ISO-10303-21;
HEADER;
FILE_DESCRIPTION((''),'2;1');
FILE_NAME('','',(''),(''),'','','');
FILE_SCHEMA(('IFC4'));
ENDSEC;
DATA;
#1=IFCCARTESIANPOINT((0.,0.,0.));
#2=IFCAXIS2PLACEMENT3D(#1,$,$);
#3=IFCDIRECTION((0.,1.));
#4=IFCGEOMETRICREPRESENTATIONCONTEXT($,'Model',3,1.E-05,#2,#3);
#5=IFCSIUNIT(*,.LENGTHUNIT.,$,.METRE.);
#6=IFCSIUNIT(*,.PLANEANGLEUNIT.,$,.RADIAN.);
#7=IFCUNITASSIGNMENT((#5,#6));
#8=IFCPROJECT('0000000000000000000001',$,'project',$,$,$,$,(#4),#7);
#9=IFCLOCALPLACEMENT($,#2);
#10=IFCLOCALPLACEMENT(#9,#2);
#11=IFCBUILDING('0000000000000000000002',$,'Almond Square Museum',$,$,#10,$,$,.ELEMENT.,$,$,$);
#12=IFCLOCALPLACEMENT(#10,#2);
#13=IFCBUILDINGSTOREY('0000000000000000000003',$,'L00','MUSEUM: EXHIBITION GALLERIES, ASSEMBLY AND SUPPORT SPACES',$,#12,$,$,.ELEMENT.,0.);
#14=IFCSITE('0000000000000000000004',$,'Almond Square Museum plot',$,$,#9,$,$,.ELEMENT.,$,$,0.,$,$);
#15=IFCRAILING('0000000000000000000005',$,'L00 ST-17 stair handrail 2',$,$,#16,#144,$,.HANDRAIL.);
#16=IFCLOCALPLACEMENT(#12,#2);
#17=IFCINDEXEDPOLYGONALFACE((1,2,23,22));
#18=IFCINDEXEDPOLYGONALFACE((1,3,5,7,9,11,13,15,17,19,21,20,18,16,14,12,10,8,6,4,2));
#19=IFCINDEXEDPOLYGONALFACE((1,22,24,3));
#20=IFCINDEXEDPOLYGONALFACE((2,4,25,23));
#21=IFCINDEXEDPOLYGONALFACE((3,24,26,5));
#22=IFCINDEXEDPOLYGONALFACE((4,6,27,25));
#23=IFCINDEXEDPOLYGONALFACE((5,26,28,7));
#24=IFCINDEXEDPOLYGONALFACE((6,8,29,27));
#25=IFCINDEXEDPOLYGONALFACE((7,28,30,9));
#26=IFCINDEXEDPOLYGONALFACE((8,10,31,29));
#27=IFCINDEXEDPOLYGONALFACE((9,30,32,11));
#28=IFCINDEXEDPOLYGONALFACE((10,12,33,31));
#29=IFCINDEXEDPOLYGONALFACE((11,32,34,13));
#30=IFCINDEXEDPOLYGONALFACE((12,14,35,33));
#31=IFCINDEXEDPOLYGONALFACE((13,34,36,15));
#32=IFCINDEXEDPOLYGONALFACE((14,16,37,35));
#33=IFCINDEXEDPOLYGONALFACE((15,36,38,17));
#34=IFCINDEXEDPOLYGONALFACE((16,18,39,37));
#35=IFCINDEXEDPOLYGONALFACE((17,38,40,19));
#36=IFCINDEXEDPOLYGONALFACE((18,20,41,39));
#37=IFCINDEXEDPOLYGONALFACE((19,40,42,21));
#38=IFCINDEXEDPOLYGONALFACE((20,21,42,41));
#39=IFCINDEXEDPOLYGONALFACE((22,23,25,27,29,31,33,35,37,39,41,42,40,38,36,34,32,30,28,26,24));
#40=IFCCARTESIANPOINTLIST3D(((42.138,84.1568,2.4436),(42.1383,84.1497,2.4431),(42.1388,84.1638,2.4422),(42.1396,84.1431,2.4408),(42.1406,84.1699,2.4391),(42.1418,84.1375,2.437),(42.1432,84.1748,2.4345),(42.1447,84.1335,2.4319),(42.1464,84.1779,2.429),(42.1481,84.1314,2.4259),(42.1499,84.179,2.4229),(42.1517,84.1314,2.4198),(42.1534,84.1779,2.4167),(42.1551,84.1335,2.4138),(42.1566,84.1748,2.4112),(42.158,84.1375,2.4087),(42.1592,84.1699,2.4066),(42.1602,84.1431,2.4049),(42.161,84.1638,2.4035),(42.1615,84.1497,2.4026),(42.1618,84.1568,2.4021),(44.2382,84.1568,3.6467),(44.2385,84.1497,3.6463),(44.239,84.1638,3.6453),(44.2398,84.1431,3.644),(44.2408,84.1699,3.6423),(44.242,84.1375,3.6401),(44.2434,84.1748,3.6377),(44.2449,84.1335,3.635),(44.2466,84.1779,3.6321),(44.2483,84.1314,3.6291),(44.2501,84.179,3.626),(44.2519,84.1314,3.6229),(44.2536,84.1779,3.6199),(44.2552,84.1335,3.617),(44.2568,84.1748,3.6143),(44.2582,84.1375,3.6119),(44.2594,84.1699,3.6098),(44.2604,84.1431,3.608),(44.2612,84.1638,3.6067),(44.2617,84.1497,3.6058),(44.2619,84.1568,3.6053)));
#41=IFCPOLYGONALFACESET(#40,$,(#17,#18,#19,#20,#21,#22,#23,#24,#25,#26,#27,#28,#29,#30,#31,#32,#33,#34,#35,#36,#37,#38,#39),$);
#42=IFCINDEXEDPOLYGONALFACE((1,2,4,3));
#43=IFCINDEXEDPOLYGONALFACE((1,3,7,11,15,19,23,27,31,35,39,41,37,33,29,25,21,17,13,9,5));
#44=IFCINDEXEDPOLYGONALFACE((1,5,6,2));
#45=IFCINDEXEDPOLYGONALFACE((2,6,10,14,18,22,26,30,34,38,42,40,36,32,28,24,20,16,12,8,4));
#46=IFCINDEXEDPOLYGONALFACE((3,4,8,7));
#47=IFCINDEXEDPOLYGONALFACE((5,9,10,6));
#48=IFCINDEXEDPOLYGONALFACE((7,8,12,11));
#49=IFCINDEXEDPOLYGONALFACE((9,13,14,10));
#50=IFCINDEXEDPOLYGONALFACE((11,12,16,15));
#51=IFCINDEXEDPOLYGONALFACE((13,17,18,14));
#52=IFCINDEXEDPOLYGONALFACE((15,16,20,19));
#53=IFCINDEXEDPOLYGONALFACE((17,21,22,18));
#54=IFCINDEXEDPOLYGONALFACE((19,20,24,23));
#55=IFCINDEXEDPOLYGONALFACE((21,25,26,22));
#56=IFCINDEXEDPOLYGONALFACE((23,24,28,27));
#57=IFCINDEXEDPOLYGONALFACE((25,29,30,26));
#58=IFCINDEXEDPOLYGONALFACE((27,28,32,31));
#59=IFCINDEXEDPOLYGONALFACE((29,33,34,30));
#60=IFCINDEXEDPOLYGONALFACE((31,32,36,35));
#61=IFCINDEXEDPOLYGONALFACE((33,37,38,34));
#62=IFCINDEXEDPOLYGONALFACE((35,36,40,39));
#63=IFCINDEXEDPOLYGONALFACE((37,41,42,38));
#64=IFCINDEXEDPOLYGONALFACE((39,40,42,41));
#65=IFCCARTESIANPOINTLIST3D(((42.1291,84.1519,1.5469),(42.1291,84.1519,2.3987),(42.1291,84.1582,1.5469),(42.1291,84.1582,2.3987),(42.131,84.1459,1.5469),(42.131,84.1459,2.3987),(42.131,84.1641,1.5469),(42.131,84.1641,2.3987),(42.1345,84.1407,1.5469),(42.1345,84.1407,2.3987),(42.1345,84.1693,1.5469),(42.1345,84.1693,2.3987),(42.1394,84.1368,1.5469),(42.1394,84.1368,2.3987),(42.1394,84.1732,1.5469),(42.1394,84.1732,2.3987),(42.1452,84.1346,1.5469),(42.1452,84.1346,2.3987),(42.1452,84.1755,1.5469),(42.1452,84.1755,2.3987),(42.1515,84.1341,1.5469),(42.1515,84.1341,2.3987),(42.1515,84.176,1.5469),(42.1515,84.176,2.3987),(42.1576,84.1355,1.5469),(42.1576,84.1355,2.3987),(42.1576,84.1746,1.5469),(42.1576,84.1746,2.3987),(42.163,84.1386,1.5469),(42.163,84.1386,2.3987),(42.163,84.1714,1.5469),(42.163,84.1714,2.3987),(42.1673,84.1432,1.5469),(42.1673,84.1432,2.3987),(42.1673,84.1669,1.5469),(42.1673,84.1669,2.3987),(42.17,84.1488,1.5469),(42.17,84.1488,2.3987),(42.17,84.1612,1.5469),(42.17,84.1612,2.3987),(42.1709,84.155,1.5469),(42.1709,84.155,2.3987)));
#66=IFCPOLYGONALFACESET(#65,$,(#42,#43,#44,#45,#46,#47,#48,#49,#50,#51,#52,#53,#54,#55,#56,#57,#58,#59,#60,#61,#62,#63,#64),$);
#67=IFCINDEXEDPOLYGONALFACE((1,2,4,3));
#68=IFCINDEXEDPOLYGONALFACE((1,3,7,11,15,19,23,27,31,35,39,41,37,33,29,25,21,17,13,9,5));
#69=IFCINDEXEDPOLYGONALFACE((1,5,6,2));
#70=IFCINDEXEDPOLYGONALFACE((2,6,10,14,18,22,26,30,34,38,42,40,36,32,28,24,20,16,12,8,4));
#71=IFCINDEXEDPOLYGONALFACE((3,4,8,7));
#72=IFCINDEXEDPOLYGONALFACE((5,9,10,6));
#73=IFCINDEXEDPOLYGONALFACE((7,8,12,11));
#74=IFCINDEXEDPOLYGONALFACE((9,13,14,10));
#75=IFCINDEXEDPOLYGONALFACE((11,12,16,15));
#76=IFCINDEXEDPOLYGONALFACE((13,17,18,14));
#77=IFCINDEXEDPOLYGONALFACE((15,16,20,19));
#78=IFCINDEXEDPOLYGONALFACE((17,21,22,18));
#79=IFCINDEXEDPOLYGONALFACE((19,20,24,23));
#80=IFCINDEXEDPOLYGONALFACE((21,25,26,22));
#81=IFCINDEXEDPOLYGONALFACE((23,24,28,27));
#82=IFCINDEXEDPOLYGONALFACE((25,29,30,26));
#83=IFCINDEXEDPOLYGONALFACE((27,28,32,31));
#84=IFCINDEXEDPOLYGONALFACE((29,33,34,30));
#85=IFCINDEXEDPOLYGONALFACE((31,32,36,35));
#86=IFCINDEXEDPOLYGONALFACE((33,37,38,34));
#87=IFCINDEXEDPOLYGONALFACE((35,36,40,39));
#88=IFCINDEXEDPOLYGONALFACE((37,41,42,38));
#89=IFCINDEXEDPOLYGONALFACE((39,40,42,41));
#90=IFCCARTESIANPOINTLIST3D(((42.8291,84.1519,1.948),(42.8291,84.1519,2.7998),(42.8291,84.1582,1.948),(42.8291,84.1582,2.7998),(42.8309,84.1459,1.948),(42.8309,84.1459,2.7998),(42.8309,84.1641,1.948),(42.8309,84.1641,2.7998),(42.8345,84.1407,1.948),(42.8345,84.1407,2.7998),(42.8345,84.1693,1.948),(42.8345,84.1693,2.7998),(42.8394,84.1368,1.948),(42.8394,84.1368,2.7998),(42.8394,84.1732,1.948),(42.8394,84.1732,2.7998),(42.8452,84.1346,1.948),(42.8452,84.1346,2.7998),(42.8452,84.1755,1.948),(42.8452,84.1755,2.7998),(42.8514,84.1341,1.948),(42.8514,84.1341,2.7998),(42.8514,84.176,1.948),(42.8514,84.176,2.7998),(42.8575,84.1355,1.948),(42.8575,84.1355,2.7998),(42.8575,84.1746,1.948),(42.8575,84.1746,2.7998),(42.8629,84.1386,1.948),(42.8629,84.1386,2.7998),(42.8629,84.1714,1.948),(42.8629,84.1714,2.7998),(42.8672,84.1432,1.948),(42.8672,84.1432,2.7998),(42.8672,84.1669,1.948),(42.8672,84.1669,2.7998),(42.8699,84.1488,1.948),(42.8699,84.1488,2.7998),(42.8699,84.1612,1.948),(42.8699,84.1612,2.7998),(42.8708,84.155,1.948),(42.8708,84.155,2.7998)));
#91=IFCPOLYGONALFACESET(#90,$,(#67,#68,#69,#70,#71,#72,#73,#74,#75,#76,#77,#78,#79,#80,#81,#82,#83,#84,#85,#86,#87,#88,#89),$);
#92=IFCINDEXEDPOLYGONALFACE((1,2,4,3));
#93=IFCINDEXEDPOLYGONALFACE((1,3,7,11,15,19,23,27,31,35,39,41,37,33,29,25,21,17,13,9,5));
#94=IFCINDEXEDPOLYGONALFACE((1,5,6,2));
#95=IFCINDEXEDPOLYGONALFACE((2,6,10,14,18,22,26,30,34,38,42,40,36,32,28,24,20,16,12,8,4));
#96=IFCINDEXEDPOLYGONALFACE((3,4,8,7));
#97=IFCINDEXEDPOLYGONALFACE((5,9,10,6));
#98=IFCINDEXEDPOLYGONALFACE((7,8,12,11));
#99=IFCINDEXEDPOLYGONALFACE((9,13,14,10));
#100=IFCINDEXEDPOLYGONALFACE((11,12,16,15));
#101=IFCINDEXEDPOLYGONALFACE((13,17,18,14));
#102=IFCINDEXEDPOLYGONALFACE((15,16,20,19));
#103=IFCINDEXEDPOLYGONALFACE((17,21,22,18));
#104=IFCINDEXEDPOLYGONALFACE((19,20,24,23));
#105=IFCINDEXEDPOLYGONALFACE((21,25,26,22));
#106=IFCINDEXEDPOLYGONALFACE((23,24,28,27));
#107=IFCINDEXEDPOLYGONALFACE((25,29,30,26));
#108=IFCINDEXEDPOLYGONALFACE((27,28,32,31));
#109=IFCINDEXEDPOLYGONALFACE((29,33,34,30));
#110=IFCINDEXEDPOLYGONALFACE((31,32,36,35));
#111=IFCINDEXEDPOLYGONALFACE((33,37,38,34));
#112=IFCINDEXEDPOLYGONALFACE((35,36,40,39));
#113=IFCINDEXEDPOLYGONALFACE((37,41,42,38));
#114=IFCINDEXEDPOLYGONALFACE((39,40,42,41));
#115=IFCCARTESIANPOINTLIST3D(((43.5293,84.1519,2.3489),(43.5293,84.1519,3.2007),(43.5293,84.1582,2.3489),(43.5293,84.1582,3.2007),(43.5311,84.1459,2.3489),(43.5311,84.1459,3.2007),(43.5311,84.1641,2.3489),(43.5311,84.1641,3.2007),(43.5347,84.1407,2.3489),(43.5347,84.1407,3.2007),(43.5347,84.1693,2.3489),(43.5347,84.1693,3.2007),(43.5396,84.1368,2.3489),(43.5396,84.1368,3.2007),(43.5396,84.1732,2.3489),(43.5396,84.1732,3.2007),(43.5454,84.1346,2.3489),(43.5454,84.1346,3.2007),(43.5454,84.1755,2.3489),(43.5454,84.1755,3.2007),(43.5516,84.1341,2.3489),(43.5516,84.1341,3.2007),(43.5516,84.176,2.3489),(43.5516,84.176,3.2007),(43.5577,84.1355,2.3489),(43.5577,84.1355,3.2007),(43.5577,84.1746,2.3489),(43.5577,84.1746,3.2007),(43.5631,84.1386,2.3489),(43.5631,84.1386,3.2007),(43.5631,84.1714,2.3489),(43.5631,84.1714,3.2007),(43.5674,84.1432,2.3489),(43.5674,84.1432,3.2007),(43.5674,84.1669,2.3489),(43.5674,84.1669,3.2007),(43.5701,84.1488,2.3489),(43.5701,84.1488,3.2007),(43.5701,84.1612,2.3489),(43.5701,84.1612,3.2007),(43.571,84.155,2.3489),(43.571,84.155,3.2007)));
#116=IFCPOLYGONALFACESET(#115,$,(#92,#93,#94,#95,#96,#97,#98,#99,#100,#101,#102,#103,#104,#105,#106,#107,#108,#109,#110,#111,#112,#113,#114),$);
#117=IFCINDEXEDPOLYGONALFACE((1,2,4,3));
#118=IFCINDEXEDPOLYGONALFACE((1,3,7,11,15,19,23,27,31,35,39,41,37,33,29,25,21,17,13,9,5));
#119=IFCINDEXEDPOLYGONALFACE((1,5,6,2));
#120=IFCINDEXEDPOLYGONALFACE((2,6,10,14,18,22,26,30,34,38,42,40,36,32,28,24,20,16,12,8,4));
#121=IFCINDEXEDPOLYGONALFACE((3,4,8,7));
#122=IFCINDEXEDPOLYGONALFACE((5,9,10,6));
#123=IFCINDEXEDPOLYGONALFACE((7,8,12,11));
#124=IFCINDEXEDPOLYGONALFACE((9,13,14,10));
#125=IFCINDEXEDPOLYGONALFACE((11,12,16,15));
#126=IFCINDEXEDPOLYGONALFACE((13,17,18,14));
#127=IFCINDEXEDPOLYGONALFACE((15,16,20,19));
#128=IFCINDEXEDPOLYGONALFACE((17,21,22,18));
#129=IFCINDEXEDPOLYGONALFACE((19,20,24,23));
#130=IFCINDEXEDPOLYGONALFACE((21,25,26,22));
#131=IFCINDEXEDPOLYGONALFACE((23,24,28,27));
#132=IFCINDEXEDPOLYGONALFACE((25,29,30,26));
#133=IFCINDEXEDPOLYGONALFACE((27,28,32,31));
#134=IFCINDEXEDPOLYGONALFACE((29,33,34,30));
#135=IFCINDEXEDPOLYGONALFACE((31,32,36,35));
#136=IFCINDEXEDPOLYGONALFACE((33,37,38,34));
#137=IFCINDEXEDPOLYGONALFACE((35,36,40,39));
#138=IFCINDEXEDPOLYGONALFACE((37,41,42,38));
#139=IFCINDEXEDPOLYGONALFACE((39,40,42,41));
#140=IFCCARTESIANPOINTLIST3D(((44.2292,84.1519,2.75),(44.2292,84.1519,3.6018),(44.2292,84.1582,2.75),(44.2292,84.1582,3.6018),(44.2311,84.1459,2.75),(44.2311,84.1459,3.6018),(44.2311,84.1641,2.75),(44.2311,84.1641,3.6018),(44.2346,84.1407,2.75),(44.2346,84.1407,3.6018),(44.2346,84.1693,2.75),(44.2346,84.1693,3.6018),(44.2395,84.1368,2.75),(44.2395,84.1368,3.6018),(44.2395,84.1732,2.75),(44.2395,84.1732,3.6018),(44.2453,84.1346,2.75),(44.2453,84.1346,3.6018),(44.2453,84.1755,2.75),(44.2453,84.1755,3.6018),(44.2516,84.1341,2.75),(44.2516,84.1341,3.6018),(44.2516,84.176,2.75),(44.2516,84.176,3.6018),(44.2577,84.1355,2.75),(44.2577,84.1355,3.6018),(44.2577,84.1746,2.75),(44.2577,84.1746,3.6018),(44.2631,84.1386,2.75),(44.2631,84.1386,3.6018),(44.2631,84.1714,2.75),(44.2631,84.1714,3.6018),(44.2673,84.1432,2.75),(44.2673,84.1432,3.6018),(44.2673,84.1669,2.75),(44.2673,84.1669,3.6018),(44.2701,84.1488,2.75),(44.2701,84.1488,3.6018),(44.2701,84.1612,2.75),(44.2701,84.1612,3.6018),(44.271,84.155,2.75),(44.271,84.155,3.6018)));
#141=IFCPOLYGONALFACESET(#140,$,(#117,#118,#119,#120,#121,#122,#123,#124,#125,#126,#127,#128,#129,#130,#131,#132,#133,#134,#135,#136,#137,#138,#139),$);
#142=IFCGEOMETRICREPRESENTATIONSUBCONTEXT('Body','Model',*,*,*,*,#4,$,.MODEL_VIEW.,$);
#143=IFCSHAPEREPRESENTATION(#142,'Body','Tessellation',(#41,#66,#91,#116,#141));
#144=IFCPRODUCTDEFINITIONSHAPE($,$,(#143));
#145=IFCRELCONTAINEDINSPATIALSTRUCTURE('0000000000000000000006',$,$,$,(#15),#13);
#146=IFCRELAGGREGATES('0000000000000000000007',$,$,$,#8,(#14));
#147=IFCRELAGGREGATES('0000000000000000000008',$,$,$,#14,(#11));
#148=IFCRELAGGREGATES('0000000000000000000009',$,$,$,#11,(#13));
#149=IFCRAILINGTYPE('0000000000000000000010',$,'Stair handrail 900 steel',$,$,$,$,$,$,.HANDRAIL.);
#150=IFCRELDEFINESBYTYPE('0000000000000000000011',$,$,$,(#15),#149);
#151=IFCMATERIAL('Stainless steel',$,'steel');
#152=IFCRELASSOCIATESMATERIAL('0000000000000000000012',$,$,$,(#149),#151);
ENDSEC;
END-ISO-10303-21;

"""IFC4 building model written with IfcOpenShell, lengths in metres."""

from ifc_helpers import new_model, si_unit, direction, frame, origin, origin_2d, place, context, subcontext, project, spatial, circle, extrude, material, type_object, element, save


model = new_model("IFC4")

# Units and contexts
model_context = context("Model", 3, precision=1e-05, world=origin(), true_north=direction((0.0, 1.0)))
body_context = subcontext(model_context, "Body", "Model", "MODEL_VIEW")
ifc_project = project(units=[si_unit("LENGTHUNIT", "METRE"), si_unit("PLANEANGLEUNIT", "RADIAN")], contexts=[model_context])

# Site, building, storey
site_placement = place(None, origin())
site = spatial("IfcSite", under=ifc_project, at=site_placement, Name="Almond Square Museum plot", CompositionType="ELEMENT", RefElevation=0.0)
building_placement = place(site_placement, origin())
building = spatial("IfcBuilding", under=site, at=building_placement, Name="Almond Square Museum", CompositionType="ELEMENT")
storey_placement = place(building_placement, origin())
storey = spatial("IfcBuildingStorey", under=building, at=storey_placement, Name="L00", Description="MUSEUM: EXHIBITION GALLERIES, ASSEMBLY AND SUPPORT SPACES", CompositionType="ELEMENT", Elevation=0.0)

# Railing
ifc_material_1 = material(Name="Stainless steel", Category="steel")
railing_type = type_object("IfcRailingType", Name="Stair handrail 900 steel", PredefinedType="HANDRAIL", material=ifc_material_1)
for number, where, name in (
    (1, (42.1499, 84.155, 1.5469), "L00 ST-17 stair handrail 2"),
):
    element("IfcRailing", number, at=place(storey_placement, frame(where)), inside=storey, type_object=railing_type, Name=name, PredefinedType="HANDRAIL", context=body_context, shape_type="SweptSolid", body=[
        extrude(circle(Radius=0.0239, at=origin_2d()), frame((0.0, 0.0, 0.876), z_axis=(0.867696, 0.0, 0.497095), x_axis=(0.0, 1.0, 0.0)), (0.0, 0.0, 1.0), 2.4204),
        extrude(circle(Radius=0.021, at=origin_2d()), origin(), (0.0, 0.0, 1.0), 0.8518),
        extrude(circle(Radius=0.021, at=origin_2d()), frame((0.7, 0.0, 0.4011)), (0.0, 0.0, 1.0), 0.8518),
        extrude(circle(Radius=0.021, at=origin_2d()), frame((1.4001, 0.0, 0.802)), (0.0, 0.0, 1.0), 0.8518),
        extrude(circle(Radius=0.021, at=origin_2d()), frame((2.1001, 0.0, 1.2031)), (0.0, 0.0, 1.0), 0.8518),
    ])

save(model, "model.ifc")
